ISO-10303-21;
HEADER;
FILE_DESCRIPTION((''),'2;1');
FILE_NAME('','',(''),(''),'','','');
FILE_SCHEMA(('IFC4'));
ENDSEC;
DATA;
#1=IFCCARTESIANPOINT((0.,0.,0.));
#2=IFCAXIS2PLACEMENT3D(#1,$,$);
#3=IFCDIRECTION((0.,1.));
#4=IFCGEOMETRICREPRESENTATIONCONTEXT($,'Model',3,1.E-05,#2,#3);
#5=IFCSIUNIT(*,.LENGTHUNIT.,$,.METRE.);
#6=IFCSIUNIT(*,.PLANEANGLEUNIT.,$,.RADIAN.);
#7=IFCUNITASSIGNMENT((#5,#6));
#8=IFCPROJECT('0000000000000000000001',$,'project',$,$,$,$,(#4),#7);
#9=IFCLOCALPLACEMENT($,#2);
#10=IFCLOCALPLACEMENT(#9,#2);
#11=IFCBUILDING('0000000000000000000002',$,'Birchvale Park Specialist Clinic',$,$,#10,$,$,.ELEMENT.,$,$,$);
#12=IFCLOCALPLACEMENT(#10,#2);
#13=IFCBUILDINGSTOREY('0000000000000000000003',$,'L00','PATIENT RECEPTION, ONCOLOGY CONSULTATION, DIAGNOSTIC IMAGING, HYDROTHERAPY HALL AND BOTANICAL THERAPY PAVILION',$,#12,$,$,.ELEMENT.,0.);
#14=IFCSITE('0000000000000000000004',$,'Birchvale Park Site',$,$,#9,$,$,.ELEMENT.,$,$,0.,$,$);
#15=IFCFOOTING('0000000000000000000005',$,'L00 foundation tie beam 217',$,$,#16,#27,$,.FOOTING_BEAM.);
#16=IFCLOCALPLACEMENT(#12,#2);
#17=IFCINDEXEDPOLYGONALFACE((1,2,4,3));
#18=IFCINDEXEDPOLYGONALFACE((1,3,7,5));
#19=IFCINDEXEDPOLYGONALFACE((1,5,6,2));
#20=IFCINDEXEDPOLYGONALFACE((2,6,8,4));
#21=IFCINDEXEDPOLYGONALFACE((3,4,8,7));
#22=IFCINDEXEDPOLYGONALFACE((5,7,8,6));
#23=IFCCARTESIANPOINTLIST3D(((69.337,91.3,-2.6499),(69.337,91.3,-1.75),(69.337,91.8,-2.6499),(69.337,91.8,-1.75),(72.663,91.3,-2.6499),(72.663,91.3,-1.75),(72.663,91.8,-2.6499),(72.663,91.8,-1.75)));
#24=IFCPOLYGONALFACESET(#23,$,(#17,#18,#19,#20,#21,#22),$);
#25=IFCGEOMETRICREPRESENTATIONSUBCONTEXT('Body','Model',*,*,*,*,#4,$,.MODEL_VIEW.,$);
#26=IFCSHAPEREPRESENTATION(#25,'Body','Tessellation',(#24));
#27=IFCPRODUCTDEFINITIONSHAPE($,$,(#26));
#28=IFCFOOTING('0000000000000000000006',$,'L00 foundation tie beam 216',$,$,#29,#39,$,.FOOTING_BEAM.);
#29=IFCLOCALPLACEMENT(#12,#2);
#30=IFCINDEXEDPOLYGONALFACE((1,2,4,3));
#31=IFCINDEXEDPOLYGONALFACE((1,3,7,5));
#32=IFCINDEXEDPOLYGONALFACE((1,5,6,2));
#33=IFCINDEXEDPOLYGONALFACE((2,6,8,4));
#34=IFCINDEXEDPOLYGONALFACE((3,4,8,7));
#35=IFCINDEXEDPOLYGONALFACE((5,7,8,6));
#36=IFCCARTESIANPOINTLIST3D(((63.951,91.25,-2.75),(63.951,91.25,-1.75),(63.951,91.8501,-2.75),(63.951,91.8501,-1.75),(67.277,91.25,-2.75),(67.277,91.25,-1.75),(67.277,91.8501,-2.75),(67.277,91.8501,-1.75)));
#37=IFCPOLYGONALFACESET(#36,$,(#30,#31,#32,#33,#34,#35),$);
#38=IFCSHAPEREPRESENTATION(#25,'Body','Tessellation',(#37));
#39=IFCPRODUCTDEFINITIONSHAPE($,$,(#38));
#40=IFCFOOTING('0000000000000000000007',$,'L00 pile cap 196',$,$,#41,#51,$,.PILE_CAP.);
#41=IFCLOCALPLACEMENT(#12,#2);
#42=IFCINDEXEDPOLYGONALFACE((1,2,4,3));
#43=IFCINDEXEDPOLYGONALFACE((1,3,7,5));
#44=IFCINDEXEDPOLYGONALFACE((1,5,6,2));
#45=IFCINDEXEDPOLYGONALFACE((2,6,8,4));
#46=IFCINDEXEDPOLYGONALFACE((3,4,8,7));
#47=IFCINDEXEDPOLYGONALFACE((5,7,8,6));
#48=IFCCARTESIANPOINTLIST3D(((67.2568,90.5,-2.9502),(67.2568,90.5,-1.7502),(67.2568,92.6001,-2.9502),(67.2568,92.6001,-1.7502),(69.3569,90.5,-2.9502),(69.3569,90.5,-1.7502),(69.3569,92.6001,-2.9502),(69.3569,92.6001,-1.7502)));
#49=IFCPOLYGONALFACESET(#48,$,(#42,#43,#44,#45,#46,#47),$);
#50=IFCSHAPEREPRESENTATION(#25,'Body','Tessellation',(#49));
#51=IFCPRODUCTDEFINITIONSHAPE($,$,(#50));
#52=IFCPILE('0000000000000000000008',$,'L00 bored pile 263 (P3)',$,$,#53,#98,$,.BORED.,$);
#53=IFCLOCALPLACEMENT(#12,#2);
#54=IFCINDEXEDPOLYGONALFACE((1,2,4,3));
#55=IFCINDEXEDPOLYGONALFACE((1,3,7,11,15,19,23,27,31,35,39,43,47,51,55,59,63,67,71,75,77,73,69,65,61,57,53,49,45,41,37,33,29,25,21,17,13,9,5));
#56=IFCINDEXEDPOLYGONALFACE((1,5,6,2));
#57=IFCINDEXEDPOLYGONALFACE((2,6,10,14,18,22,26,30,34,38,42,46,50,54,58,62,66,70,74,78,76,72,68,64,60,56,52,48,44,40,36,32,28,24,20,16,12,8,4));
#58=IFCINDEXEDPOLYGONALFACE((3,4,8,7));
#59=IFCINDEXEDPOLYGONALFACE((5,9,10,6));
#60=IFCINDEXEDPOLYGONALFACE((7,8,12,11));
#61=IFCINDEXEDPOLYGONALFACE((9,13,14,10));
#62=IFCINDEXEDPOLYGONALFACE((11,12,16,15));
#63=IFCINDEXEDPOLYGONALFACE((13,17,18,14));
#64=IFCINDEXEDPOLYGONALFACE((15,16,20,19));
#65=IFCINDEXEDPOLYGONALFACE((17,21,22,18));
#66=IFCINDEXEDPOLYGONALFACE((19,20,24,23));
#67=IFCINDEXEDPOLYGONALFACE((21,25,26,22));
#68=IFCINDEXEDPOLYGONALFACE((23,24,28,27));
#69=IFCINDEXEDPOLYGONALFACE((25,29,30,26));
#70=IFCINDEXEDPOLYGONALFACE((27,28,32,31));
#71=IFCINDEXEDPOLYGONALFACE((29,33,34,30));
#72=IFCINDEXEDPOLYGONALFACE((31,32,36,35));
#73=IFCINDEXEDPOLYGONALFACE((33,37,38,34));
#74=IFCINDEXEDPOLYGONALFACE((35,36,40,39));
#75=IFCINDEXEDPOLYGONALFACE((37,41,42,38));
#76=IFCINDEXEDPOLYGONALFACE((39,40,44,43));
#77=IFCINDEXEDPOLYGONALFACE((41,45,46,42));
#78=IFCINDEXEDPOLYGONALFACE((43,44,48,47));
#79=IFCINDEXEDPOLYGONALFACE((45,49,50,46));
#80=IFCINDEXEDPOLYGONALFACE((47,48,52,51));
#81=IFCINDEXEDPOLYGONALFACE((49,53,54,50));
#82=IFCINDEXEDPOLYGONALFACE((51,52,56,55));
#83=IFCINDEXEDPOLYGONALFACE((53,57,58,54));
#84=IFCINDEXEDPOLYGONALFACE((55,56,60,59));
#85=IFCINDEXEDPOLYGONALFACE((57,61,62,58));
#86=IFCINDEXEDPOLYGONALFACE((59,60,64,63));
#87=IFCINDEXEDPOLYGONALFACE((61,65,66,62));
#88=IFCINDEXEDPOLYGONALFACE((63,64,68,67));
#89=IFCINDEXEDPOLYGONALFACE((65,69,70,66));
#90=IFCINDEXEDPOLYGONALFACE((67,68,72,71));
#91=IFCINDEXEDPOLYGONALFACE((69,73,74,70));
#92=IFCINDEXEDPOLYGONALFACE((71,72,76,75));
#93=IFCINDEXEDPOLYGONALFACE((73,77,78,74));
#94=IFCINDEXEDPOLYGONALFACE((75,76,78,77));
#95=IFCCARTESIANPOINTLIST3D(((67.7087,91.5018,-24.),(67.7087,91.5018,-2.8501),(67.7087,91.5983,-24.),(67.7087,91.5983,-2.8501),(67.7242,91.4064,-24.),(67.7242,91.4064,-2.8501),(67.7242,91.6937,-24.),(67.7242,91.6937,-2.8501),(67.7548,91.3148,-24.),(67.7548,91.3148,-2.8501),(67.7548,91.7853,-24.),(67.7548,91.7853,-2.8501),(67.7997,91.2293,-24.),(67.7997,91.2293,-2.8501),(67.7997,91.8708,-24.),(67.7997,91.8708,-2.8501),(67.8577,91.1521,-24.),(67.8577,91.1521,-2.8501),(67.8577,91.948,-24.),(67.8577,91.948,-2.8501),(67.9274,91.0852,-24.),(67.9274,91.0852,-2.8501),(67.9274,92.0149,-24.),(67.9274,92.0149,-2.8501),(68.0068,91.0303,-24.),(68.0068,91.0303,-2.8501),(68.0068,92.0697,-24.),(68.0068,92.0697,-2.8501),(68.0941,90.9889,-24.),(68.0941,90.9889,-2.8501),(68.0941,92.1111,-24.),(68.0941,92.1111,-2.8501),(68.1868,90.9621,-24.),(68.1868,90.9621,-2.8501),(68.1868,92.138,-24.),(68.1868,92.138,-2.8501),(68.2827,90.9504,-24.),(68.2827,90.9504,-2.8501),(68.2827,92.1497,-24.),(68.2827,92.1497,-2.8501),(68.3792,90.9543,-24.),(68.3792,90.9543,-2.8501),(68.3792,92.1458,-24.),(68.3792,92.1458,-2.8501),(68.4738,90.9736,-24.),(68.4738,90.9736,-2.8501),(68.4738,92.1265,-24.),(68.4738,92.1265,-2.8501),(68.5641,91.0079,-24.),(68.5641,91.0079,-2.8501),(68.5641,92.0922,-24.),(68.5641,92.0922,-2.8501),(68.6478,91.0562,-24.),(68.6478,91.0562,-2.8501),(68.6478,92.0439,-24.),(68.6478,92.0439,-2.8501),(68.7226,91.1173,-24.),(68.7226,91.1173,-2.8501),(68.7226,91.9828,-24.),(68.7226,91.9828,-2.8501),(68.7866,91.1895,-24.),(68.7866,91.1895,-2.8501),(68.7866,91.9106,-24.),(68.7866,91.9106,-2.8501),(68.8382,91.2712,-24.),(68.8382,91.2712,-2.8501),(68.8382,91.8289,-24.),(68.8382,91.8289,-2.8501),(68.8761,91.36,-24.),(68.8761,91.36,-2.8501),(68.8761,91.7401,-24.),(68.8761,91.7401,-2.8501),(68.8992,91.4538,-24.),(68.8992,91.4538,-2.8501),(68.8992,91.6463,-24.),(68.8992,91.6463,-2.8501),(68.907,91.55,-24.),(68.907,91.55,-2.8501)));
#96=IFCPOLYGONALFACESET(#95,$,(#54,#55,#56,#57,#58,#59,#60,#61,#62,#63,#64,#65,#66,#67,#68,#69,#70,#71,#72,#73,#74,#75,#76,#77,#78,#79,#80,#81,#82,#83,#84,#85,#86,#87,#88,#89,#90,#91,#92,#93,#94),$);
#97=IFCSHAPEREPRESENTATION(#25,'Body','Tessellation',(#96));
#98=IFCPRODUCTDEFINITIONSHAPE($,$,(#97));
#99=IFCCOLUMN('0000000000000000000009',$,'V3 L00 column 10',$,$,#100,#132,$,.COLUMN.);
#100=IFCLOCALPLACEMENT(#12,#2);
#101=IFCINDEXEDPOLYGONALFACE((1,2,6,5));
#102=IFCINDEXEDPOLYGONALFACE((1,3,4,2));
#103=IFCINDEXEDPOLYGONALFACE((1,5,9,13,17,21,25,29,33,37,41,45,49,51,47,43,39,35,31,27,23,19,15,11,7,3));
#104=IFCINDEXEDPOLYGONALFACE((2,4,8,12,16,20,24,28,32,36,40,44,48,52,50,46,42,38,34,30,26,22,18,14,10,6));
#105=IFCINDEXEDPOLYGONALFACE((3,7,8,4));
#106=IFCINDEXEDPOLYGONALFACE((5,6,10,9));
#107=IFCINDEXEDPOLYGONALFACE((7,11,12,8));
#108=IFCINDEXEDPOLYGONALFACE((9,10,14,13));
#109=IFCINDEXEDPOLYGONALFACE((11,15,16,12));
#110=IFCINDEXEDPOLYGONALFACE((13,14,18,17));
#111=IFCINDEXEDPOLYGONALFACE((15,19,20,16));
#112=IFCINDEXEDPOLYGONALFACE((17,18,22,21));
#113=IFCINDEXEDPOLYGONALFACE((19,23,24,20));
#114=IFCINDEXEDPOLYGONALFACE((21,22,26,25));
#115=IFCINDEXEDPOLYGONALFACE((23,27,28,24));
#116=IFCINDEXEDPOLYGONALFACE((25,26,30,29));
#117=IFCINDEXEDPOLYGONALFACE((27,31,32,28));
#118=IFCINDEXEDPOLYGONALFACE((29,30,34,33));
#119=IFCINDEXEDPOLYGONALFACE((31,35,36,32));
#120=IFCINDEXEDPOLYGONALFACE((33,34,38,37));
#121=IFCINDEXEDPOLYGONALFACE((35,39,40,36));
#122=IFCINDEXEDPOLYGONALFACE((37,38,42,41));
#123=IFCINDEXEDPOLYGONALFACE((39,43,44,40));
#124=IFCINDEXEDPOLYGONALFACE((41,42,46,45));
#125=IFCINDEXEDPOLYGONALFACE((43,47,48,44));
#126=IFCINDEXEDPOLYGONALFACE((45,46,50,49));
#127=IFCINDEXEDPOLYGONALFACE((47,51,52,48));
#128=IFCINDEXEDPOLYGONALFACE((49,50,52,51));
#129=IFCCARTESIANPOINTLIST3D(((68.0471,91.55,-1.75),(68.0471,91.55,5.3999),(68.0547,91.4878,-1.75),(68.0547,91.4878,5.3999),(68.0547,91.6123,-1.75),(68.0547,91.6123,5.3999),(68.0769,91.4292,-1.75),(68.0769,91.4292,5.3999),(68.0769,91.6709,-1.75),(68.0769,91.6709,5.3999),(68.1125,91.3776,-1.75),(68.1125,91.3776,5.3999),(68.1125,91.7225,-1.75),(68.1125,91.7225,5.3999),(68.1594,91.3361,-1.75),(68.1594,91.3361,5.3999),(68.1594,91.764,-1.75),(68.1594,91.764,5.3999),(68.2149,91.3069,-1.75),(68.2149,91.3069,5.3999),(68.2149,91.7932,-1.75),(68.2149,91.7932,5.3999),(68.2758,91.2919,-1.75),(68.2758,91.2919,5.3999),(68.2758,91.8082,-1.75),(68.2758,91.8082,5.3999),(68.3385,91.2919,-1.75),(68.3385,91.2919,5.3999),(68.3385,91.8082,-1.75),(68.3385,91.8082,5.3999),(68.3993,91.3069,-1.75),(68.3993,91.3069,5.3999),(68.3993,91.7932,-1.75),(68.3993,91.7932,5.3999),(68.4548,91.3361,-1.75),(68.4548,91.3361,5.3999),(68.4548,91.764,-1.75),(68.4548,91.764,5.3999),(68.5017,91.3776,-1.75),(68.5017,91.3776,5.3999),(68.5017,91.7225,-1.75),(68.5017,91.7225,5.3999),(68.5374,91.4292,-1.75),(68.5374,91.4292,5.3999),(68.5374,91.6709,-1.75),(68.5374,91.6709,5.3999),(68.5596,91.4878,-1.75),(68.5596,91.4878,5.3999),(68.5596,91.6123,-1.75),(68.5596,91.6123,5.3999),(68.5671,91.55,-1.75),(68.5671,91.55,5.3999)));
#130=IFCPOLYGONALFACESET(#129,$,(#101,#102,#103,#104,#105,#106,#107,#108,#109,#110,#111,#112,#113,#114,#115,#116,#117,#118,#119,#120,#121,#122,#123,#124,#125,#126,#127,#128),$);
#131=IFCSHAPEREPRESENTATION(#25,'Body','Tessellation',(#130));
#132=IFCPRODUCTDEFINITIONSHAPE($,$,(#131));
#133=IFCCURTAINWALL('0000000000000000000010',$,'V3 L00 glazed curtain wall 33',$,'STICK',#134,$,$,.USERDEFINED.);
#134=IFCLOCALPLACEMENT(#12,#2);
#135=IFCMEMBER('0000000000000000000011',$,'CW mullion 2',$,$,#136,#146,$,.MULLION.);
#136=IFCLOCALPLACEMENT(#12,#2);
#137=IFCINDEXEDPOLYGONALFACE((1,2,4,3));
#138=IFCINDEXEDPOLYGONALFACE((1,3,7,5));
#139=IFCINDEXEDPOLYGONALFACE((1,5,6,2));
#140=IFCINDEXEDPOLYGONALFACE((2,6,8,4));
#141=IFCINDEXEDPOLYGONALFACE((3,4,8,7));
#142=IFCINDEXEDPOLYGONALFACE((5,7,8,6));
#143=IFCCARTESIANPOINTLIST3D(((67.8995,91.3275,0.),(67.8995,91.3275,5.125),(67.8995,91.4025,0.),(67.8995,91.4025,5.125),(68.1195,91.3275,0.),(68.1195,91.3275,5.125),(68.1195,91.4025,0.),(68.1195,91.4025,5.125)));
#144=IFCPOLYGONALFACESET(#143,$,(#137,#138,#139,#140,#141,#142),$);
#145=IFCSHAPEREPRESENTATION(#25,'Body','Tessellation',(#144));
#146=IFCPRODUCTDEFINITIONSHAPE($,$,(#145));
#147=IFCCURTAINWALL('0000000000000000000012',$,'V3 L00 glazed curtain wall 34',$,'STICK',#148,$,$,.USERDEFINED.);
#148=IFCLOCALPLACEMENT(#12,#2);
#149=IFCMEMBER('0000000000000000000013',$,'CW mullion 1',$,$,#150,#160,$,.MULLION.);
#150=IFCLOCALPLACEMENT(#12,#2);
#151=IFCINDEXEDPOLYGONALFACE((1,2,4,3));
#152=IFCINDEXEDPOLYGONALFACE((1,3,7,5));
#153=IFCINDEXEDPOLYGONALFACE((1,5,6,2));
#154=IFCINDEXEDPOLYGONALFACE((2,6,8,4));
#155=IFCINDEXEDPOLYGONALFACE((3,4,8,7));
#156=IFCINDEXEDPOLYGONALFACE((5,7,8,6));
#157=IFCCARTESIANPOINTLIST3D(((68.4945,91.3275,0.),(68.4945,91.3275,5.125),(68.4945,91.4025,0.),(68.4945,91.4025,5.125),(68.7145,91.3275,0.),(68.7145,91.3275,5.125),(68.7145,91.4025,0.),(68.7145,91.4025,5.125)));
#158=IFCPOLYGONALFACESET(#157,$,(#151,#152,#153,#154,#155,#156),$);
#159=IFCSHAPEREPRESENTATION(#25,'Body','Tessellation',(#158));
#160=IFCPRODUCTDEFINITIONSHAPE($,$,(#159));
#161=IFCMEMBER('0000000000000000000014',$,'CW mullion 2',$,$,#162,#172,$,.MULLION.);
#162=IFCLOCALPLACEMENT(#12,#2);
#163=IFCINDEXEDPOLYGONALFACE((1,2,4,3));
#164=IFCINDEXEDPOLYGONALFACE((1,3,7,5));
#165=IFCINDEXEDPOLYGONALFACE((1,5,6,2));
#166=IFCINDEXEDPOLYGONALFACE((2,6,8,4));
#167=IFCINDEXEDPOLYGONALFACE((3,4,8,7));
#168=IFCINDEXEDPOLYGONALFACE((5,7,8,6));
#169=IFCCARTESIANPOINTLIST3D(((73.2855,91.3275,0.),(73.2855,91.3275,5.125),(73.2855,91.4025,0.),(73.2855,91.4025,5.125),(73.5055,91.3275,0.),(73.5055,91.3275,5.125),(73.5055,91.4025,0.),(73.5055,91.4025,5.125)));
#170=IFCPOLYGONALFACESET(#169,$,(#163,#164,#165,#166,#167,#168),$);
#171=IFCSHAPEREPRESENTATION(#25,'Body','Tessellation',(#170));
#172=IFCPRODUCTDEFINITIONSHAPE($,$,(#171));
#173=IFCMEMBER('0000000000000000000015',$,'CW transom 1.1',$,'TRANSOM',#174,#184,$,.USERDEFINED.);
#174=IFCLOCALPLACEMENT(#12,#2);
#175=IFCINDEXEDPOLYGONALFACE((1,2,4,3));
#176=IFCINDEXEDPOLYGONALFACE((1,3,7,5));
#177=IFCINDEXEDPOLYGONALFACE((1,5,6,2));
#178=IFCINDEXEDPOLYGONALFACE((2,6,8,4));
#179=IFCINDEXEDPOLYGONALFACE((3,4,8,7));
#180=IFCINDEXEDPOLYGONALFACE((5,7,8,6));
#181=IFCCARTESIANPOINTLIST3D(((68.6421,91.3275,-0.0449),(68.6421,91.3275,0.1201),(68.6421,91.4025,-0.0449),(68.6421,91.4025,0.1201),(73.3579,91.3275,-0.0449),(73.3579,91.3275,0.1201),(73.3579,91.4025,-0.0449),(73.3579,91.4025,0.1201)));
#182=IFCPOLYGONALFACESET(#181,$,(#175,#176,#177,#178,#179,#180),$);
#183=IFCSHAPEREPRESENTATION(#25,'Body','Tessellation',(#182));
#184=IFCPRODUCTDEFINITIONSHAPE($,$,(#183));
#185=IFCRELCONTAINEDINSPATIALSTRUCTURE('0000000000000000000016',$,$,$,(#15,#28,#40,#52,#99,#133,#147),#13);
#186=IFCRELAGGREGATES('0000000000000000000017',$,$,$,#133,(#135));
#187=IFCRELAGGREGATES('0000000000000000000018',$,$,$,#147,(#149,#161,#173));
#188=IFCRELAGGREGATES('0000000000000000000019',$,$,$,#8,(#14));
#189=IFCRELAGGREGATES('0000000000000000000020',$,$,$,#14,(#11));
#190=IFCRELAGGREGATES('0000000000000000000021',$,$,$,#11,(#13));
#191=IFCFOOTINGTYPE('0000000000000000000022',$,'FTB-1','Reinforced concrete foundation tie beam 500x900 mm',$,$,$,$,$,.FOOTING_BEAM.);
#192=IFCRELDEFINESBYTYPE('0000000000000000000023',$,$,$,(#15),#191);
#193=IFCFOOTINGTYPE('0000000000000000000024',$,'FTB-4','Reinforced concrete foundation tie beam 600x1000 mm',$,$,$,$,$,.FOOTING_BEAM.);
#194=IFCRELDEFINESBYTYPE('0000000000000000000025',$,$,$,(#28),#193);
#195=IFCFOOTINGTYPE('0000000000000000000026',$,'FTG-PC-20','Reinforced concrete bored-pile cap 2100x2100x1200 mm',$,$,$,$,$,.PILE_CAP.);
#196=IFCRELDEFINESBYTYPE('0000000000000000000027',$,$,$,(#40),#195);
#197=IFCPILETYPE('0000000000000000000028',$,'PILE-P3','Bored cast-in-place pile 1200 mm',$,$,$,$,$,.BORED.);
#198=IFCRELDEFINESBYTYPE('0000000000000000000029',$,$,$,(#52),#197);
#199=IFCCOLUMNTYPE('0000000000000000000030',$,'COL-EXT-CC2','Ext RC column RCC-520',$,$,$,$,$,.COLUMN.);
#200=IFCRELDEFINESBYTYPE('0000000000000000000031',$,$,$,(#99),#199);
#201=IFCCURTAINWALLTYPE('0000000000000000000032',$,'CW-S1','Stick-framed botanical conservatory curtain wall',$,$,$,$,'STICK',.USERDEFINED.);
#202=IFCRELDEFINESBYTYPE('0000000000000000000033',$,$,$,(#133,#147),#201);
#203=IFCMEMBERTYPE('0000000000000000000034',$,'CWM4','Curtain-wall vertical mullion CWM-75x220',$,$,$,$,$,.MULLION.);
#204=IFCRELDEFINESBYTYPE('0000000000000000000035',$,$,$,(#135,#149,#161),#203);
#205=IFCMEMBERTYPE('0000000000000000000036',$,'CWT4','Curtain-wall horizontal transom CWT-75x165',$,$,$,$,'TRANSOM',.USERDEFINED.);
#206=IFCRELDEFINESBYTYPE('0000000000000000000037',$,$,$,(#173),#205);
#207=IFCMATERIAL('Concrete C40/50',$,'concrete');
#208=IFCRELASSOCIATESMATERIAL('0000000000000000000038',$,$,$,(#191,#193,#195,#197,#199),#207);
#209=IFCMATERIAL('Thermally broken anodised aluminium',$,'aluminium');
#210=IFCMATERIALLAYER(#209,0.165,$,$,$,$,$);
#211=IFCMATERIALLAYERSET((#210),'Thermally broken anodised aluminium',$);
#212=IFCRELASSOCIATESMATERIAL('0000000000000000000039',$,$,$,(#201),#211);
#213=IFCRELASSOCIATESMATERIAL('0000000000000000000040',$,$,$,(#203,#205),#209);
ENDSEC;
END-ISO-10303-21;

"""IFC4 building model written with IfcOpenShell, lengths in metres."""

from ifc_helpers import new_model, si_unit, direction, frame, origin, origin_2d, place, context, subcontext, project, spatial, rectangle, circle, extrude, material, layer, layer_set, material_profile, profile_set, type_object, element, aggregate, save


model = new_model("IFC4")

# Units and contexts
model_context = context("Model", 3, precision=1e-05, world=origin(), true_north=direction((0.0, 1.0)))
body_context = subcontext(model_context, "Body", "Model", "MODEL_VIEW")
ifc_project = project(units=[si_unit("LENGTHUNIT", "METRE"), si_unit("PLANEANGLEUNIT", "RADIAN")], contexts=[model_context])

# Site, building, storey
site_placement = place(None, origin())
site = spatial("IfcSite", under=ifc_project, at=site_placement, Name="Birchvale Park Site", CompositionType="ELEMENT", RefElevation=0.0)
building_placement = place(site_placement, origin())
building = spatial("IfcBuilding", under=site, at=building_placement, Name="Birchvale Park Specialist Clinic", CompositionType="ELEMENT")
storey_placement = place(building_placement, origin())
storey = spatial("IfcBuildingStorey", under=building, at=storey_placement, Name="L00", Description="PATIENT RECEPTION, ONCOLOGY CONSULTATION, DIAGNOSTIC IMAGING, HYDROTHERAPY HALL AND BOTANICAL THERAPY PAVILION", CompositionType="ELEMENT", Elevation=0.0)

# Footings
ifc_material_1 = material(Name="Concrete C40/50", Category="concrete")
footing_type_1 = type_object("IfcFootingType", Name="FTB-1", Description="Reinforced concrete foundation tie beam 500x900 mm", PredefinedType="FOOTING_BEAM", material=ifc_material_1)
footing_1_placement = place(storey_placement, frame((71.0, 91.55, -2.6499), z_axis=(0.0, 0.0, 1.0), x_axis=(1.0, 0.0, 0.0)))
element("IfcFooting", 1, at=footing_1_placement, inside=storey, type_object=footing_type_1, Name="L00 foundation tie beam 217", PredefinedType="FOOTING_BEAM", context=body_context, shape_type="SweptSolid", body=[
    extrude(rectangle(XDim=3.3259, YDim=0.5, at=origin_2d()), origin(), (0.0, 0.0, 1.0), 0.8999),
])
footing_type_2 = type_object("IfcFootingType", Name="FTB-4", Description="Reinforced concrete foundation tie beam 600x1000 mm", PredefinedType="FOOTING_BEAM", material=ifc_material_1)
footing_2_placement = place(storey_placement, frame((65.614, 91.55, -2.75), z_axis=(0.0, 0.0, 1.0), x_axis=(1.0, 0.0, 0.0)))
element("IfcFooting", 2, at=footing_2_placement, inside=storey, type_object=footing_type_2, Name="L00 foundation tie beam 216", PredefinedType="FOOTING_BEAM", context=body_context, shape_type="SweptSolid", body=[
    extrude(rectangle(XDim=3.3259, YDim=0.6001, at=origin_2d()), origin(), (0.0, 0.0, 1.0), 1.0),
])
footing_type_3 = type_object("IfcFootingType", Name="FTG-PC-20", Description="Reinforced concrete bored-pile cap 2100x2100x1200 mm", PredefinedType="PILE_CAP", material=ifc_material_1)
footing_3_placement = place(storey_placement, frame((68.3069, 91.55, -2.9502), z_axis=(0.0, 0.0, 1.0), x_axis=(1.0, 0.0, 0.0)))
element("IfcFooting", 3, at=footing_3_placement, inside=storey, type_object=footing_type_3, Name="L00 pile cap 196", PredefinedType="PILE_CAP", context=body_context, shape_type="SweptSolid", body=[
    extrude(rectangle(XDim=2.1001, YDim=2.1001, at=origin_2d()), origin(), (0.0, 0.0, 1.0), 1.2),
])

# Pile
ifc_material_profile_1 = material_profile(ifc_material_1, circle(Radius=0.6001, at=origin_2d()), Name="PILE-1200")
ifc_profile_set_1 = profile_set([ifc_material_profile_1], Name="Concrete C40/50")
pile_type = type_object("IfcPileType", Name="PILE-P3", Description="Bored cast-in-place pile 1200 mm", PredefinedType="BORED", material=ifc_profile_set_1)
pile_placement = place(storey_placement, frame((68.3069, 91.55, -2.8501), z_axis=(0.0, 0.0, -1.0), x_axis=(1.0, 0.0, 0.0)))
element("IfcPile", 4, at=pile_placement, inside=storey, type_object=pile_type, Name="L00 bored pile 263 (P3)", PredefinedType="BORED", context=body_context, shape_type="SweptSolid", body=[
    extrude(circle(Radius=0.6001, at=origin_2d()), origin(), (0.0, 0.0, 1.0), 21.1499),
])

# Column
ifc_material_profile_2 = material_profile(ifc_material_1, circle(Radius=0.26, at=origin_2d()), Name="RCC-520")
ifc_profile_set_2 = profile_set([ifc_material_profile_2], Name="Concrete C40/50")
column_type = type_object("IfcColumnType", Name="COL-EXT-CC2", Description="Ext RC column RCC-520", PredefinedType="COLUMN", material=ifc_profile_set_2)
column_placement = place(storey_placement, frame((68.3071, 91.55, -1.75), z_axis=(0.0, 0.0, 1.0), x_axis=(1.0, 0.0, 0.0)))
element("IfcColumn", 5, at=column_placement, inside=storey, type_object=column_type, Name="V3 L00 column 10", PredefinedType="COLUMN", context=body_context, shape_type="SweptSolid", body=[
    extrude(circle(Radius=0.26, at=origin_2d()), origin(), (0.0, 0.0, 1.0), 7.1499),
])

# Curtain wall, member
ifc_material_2 = material(Name="Thermally broken anodised aluminium", Category="aluminium")
ifc_layer_1 = layer(ifc_material_2, 0.165)
ifc_layer_set_1 = layer_set([ifc_layer_1], Name="Thermally broken anodised aluminium")
curtain_wall_type = type_object("IfcCurtainWallType", Name="CW-S1", Description="Stick-framed botanical conservatory curtain wall", ElementType="STICK", PredefinedType="USERDEFINED", material=ifc_layer_set_1)
curtain_wall_1_placement = place(storey_placement, origin())
curtain_wall_1 = element("IfcCurtainWall", 6, at=curtain_wall_1_placement, inside=storey, type_object=curtain_wall_type, Name="V3 L00 glazed curtain wall 33", ObjectType="STICK", PredefinedType="USERDEFINED")
ifc_material_profile_3 = material_profile(ifc_material_2, rectangle(XDim=0.075, YDim=0.22, at=origin_2d()), Name="CWM-75x220")
ifc_profile_set_3 = profile_set([ifc_material_profile_3], Name="Thermally broken anodised aluminium")
member_type_1 = type_object("IfcMemberType", Name="CWM4", Description="Curtain-wall vertical mullion CWM-75x220", PredefinedType="MULLION", material=ifc_profile_set_3)
member_1_placement = place(storey_placement, frame((68.0095, 91.365, 0.0), z_axis=(0.0, 0.0, 1.0), x_axis=(0.0, 1.0, 0.0)))
member_1 = element("IfcMember", 7, at=member_1_placement, type_object=member_type_1, Name="CW mullion 2", PredefinedType="MULLION", context=body_context, shape_type="SweptSolid", body=[
    extrude(rectangle(XDim=0.075, YDim=0.22, at=origin_2d()), origin(), (0.0, 0.0, 1.0), 5.125),
])

# Curtain wall, members
curtain_wall_2_placement = place(storey_placement, origin())
curtain_wall_2 = element("IfcCurtainWall", 8, at=curtain_wall_2_placement, inside=storey, type_object=curtain_wall_type, Name="V3 L00 glazed curtain wall 34", ObjectType="STICK", PredefinedType="USERDEFINED")
member_2_placement = place(storey_placement, frame((68.6045, 91.365, 0.0), z_axis=(0.0, 0.0, 1.0), x_axis=(0.0, 1.0, 0.0)))
member_2 = element("IfcMember", 9, at=member_2_placement, type_object=member_type_1, Name="CW mullion 1", PredefinedType="MULLION", context=body_context, shape_type="SweptSolid", body=[
    extrude(rectangle(XDim=0.075, YDim=0.22, at=origin_2d()), origin(), (0.0, 0.0, 1.0), 5.125),
])
member_3_placement = place(storey_placement, frame((73.3955, 91.365, 0.0), z_axis=(0.0, 0.0, 1.0), x_axis=(0.0, 1.0, 0.0)))
member_3 = element("IfcMember", 10, at=member_3_placement, type_object=member_type_1, Name="CW mullion 2", PredefinedType="MULLION", context=body_context, shape_type="SweptSolid", body=[
    extrude(rectangle(XDim=0.075, YDim=0.22, at=origin_2d()), origin(), (0.0, 0.0, 1.0), 5.125),
])
ifc_material_profile_4 = material_profile(ifc_material_2, rectangle(XDim=0.075, YDim=0.165, at=origin_2d()), Name="CWT-75x165")
ifc_profile_set_4 = profile_set([ifc_material_profile_4], Name="Thermally broken anodised aluminium")
member_type_2 = type_object("IfcMemberType", Name="CWT4", Description="Curtain-wall horizontal transom CWT-75x165", ElementType="TRANSOM", PredefinedType="USERDEFINED", material=ifc_profile_set_4)
member_4_placement = place(storey_placement, frame((68.6421, 91.365, 0.0376), z_axis=(1.0, 0.0, 0.0), x_axis=(0.0, 1.0, 0.0)))
member_4 = element("IfcMember", 11, at=member_4_placement, type_object=member_type_2, Name="CW transom 1.1", ObjectType="TRANSOM", PredefinedType="USERDEFINED", context=body_context, shape_type="SweptSolid", body=[
    extrude(rectangle(XDim=0.075, YDim=0.165, at=origin_2d()), origin(), (0.0, 0.0, 1.0), 4.7158),
])

aggregate(curtain_wall_1, [member_1])
aggregate(curtain_wall_2, [member_2, member_3, member_4])

save(model, "model.ifc")
